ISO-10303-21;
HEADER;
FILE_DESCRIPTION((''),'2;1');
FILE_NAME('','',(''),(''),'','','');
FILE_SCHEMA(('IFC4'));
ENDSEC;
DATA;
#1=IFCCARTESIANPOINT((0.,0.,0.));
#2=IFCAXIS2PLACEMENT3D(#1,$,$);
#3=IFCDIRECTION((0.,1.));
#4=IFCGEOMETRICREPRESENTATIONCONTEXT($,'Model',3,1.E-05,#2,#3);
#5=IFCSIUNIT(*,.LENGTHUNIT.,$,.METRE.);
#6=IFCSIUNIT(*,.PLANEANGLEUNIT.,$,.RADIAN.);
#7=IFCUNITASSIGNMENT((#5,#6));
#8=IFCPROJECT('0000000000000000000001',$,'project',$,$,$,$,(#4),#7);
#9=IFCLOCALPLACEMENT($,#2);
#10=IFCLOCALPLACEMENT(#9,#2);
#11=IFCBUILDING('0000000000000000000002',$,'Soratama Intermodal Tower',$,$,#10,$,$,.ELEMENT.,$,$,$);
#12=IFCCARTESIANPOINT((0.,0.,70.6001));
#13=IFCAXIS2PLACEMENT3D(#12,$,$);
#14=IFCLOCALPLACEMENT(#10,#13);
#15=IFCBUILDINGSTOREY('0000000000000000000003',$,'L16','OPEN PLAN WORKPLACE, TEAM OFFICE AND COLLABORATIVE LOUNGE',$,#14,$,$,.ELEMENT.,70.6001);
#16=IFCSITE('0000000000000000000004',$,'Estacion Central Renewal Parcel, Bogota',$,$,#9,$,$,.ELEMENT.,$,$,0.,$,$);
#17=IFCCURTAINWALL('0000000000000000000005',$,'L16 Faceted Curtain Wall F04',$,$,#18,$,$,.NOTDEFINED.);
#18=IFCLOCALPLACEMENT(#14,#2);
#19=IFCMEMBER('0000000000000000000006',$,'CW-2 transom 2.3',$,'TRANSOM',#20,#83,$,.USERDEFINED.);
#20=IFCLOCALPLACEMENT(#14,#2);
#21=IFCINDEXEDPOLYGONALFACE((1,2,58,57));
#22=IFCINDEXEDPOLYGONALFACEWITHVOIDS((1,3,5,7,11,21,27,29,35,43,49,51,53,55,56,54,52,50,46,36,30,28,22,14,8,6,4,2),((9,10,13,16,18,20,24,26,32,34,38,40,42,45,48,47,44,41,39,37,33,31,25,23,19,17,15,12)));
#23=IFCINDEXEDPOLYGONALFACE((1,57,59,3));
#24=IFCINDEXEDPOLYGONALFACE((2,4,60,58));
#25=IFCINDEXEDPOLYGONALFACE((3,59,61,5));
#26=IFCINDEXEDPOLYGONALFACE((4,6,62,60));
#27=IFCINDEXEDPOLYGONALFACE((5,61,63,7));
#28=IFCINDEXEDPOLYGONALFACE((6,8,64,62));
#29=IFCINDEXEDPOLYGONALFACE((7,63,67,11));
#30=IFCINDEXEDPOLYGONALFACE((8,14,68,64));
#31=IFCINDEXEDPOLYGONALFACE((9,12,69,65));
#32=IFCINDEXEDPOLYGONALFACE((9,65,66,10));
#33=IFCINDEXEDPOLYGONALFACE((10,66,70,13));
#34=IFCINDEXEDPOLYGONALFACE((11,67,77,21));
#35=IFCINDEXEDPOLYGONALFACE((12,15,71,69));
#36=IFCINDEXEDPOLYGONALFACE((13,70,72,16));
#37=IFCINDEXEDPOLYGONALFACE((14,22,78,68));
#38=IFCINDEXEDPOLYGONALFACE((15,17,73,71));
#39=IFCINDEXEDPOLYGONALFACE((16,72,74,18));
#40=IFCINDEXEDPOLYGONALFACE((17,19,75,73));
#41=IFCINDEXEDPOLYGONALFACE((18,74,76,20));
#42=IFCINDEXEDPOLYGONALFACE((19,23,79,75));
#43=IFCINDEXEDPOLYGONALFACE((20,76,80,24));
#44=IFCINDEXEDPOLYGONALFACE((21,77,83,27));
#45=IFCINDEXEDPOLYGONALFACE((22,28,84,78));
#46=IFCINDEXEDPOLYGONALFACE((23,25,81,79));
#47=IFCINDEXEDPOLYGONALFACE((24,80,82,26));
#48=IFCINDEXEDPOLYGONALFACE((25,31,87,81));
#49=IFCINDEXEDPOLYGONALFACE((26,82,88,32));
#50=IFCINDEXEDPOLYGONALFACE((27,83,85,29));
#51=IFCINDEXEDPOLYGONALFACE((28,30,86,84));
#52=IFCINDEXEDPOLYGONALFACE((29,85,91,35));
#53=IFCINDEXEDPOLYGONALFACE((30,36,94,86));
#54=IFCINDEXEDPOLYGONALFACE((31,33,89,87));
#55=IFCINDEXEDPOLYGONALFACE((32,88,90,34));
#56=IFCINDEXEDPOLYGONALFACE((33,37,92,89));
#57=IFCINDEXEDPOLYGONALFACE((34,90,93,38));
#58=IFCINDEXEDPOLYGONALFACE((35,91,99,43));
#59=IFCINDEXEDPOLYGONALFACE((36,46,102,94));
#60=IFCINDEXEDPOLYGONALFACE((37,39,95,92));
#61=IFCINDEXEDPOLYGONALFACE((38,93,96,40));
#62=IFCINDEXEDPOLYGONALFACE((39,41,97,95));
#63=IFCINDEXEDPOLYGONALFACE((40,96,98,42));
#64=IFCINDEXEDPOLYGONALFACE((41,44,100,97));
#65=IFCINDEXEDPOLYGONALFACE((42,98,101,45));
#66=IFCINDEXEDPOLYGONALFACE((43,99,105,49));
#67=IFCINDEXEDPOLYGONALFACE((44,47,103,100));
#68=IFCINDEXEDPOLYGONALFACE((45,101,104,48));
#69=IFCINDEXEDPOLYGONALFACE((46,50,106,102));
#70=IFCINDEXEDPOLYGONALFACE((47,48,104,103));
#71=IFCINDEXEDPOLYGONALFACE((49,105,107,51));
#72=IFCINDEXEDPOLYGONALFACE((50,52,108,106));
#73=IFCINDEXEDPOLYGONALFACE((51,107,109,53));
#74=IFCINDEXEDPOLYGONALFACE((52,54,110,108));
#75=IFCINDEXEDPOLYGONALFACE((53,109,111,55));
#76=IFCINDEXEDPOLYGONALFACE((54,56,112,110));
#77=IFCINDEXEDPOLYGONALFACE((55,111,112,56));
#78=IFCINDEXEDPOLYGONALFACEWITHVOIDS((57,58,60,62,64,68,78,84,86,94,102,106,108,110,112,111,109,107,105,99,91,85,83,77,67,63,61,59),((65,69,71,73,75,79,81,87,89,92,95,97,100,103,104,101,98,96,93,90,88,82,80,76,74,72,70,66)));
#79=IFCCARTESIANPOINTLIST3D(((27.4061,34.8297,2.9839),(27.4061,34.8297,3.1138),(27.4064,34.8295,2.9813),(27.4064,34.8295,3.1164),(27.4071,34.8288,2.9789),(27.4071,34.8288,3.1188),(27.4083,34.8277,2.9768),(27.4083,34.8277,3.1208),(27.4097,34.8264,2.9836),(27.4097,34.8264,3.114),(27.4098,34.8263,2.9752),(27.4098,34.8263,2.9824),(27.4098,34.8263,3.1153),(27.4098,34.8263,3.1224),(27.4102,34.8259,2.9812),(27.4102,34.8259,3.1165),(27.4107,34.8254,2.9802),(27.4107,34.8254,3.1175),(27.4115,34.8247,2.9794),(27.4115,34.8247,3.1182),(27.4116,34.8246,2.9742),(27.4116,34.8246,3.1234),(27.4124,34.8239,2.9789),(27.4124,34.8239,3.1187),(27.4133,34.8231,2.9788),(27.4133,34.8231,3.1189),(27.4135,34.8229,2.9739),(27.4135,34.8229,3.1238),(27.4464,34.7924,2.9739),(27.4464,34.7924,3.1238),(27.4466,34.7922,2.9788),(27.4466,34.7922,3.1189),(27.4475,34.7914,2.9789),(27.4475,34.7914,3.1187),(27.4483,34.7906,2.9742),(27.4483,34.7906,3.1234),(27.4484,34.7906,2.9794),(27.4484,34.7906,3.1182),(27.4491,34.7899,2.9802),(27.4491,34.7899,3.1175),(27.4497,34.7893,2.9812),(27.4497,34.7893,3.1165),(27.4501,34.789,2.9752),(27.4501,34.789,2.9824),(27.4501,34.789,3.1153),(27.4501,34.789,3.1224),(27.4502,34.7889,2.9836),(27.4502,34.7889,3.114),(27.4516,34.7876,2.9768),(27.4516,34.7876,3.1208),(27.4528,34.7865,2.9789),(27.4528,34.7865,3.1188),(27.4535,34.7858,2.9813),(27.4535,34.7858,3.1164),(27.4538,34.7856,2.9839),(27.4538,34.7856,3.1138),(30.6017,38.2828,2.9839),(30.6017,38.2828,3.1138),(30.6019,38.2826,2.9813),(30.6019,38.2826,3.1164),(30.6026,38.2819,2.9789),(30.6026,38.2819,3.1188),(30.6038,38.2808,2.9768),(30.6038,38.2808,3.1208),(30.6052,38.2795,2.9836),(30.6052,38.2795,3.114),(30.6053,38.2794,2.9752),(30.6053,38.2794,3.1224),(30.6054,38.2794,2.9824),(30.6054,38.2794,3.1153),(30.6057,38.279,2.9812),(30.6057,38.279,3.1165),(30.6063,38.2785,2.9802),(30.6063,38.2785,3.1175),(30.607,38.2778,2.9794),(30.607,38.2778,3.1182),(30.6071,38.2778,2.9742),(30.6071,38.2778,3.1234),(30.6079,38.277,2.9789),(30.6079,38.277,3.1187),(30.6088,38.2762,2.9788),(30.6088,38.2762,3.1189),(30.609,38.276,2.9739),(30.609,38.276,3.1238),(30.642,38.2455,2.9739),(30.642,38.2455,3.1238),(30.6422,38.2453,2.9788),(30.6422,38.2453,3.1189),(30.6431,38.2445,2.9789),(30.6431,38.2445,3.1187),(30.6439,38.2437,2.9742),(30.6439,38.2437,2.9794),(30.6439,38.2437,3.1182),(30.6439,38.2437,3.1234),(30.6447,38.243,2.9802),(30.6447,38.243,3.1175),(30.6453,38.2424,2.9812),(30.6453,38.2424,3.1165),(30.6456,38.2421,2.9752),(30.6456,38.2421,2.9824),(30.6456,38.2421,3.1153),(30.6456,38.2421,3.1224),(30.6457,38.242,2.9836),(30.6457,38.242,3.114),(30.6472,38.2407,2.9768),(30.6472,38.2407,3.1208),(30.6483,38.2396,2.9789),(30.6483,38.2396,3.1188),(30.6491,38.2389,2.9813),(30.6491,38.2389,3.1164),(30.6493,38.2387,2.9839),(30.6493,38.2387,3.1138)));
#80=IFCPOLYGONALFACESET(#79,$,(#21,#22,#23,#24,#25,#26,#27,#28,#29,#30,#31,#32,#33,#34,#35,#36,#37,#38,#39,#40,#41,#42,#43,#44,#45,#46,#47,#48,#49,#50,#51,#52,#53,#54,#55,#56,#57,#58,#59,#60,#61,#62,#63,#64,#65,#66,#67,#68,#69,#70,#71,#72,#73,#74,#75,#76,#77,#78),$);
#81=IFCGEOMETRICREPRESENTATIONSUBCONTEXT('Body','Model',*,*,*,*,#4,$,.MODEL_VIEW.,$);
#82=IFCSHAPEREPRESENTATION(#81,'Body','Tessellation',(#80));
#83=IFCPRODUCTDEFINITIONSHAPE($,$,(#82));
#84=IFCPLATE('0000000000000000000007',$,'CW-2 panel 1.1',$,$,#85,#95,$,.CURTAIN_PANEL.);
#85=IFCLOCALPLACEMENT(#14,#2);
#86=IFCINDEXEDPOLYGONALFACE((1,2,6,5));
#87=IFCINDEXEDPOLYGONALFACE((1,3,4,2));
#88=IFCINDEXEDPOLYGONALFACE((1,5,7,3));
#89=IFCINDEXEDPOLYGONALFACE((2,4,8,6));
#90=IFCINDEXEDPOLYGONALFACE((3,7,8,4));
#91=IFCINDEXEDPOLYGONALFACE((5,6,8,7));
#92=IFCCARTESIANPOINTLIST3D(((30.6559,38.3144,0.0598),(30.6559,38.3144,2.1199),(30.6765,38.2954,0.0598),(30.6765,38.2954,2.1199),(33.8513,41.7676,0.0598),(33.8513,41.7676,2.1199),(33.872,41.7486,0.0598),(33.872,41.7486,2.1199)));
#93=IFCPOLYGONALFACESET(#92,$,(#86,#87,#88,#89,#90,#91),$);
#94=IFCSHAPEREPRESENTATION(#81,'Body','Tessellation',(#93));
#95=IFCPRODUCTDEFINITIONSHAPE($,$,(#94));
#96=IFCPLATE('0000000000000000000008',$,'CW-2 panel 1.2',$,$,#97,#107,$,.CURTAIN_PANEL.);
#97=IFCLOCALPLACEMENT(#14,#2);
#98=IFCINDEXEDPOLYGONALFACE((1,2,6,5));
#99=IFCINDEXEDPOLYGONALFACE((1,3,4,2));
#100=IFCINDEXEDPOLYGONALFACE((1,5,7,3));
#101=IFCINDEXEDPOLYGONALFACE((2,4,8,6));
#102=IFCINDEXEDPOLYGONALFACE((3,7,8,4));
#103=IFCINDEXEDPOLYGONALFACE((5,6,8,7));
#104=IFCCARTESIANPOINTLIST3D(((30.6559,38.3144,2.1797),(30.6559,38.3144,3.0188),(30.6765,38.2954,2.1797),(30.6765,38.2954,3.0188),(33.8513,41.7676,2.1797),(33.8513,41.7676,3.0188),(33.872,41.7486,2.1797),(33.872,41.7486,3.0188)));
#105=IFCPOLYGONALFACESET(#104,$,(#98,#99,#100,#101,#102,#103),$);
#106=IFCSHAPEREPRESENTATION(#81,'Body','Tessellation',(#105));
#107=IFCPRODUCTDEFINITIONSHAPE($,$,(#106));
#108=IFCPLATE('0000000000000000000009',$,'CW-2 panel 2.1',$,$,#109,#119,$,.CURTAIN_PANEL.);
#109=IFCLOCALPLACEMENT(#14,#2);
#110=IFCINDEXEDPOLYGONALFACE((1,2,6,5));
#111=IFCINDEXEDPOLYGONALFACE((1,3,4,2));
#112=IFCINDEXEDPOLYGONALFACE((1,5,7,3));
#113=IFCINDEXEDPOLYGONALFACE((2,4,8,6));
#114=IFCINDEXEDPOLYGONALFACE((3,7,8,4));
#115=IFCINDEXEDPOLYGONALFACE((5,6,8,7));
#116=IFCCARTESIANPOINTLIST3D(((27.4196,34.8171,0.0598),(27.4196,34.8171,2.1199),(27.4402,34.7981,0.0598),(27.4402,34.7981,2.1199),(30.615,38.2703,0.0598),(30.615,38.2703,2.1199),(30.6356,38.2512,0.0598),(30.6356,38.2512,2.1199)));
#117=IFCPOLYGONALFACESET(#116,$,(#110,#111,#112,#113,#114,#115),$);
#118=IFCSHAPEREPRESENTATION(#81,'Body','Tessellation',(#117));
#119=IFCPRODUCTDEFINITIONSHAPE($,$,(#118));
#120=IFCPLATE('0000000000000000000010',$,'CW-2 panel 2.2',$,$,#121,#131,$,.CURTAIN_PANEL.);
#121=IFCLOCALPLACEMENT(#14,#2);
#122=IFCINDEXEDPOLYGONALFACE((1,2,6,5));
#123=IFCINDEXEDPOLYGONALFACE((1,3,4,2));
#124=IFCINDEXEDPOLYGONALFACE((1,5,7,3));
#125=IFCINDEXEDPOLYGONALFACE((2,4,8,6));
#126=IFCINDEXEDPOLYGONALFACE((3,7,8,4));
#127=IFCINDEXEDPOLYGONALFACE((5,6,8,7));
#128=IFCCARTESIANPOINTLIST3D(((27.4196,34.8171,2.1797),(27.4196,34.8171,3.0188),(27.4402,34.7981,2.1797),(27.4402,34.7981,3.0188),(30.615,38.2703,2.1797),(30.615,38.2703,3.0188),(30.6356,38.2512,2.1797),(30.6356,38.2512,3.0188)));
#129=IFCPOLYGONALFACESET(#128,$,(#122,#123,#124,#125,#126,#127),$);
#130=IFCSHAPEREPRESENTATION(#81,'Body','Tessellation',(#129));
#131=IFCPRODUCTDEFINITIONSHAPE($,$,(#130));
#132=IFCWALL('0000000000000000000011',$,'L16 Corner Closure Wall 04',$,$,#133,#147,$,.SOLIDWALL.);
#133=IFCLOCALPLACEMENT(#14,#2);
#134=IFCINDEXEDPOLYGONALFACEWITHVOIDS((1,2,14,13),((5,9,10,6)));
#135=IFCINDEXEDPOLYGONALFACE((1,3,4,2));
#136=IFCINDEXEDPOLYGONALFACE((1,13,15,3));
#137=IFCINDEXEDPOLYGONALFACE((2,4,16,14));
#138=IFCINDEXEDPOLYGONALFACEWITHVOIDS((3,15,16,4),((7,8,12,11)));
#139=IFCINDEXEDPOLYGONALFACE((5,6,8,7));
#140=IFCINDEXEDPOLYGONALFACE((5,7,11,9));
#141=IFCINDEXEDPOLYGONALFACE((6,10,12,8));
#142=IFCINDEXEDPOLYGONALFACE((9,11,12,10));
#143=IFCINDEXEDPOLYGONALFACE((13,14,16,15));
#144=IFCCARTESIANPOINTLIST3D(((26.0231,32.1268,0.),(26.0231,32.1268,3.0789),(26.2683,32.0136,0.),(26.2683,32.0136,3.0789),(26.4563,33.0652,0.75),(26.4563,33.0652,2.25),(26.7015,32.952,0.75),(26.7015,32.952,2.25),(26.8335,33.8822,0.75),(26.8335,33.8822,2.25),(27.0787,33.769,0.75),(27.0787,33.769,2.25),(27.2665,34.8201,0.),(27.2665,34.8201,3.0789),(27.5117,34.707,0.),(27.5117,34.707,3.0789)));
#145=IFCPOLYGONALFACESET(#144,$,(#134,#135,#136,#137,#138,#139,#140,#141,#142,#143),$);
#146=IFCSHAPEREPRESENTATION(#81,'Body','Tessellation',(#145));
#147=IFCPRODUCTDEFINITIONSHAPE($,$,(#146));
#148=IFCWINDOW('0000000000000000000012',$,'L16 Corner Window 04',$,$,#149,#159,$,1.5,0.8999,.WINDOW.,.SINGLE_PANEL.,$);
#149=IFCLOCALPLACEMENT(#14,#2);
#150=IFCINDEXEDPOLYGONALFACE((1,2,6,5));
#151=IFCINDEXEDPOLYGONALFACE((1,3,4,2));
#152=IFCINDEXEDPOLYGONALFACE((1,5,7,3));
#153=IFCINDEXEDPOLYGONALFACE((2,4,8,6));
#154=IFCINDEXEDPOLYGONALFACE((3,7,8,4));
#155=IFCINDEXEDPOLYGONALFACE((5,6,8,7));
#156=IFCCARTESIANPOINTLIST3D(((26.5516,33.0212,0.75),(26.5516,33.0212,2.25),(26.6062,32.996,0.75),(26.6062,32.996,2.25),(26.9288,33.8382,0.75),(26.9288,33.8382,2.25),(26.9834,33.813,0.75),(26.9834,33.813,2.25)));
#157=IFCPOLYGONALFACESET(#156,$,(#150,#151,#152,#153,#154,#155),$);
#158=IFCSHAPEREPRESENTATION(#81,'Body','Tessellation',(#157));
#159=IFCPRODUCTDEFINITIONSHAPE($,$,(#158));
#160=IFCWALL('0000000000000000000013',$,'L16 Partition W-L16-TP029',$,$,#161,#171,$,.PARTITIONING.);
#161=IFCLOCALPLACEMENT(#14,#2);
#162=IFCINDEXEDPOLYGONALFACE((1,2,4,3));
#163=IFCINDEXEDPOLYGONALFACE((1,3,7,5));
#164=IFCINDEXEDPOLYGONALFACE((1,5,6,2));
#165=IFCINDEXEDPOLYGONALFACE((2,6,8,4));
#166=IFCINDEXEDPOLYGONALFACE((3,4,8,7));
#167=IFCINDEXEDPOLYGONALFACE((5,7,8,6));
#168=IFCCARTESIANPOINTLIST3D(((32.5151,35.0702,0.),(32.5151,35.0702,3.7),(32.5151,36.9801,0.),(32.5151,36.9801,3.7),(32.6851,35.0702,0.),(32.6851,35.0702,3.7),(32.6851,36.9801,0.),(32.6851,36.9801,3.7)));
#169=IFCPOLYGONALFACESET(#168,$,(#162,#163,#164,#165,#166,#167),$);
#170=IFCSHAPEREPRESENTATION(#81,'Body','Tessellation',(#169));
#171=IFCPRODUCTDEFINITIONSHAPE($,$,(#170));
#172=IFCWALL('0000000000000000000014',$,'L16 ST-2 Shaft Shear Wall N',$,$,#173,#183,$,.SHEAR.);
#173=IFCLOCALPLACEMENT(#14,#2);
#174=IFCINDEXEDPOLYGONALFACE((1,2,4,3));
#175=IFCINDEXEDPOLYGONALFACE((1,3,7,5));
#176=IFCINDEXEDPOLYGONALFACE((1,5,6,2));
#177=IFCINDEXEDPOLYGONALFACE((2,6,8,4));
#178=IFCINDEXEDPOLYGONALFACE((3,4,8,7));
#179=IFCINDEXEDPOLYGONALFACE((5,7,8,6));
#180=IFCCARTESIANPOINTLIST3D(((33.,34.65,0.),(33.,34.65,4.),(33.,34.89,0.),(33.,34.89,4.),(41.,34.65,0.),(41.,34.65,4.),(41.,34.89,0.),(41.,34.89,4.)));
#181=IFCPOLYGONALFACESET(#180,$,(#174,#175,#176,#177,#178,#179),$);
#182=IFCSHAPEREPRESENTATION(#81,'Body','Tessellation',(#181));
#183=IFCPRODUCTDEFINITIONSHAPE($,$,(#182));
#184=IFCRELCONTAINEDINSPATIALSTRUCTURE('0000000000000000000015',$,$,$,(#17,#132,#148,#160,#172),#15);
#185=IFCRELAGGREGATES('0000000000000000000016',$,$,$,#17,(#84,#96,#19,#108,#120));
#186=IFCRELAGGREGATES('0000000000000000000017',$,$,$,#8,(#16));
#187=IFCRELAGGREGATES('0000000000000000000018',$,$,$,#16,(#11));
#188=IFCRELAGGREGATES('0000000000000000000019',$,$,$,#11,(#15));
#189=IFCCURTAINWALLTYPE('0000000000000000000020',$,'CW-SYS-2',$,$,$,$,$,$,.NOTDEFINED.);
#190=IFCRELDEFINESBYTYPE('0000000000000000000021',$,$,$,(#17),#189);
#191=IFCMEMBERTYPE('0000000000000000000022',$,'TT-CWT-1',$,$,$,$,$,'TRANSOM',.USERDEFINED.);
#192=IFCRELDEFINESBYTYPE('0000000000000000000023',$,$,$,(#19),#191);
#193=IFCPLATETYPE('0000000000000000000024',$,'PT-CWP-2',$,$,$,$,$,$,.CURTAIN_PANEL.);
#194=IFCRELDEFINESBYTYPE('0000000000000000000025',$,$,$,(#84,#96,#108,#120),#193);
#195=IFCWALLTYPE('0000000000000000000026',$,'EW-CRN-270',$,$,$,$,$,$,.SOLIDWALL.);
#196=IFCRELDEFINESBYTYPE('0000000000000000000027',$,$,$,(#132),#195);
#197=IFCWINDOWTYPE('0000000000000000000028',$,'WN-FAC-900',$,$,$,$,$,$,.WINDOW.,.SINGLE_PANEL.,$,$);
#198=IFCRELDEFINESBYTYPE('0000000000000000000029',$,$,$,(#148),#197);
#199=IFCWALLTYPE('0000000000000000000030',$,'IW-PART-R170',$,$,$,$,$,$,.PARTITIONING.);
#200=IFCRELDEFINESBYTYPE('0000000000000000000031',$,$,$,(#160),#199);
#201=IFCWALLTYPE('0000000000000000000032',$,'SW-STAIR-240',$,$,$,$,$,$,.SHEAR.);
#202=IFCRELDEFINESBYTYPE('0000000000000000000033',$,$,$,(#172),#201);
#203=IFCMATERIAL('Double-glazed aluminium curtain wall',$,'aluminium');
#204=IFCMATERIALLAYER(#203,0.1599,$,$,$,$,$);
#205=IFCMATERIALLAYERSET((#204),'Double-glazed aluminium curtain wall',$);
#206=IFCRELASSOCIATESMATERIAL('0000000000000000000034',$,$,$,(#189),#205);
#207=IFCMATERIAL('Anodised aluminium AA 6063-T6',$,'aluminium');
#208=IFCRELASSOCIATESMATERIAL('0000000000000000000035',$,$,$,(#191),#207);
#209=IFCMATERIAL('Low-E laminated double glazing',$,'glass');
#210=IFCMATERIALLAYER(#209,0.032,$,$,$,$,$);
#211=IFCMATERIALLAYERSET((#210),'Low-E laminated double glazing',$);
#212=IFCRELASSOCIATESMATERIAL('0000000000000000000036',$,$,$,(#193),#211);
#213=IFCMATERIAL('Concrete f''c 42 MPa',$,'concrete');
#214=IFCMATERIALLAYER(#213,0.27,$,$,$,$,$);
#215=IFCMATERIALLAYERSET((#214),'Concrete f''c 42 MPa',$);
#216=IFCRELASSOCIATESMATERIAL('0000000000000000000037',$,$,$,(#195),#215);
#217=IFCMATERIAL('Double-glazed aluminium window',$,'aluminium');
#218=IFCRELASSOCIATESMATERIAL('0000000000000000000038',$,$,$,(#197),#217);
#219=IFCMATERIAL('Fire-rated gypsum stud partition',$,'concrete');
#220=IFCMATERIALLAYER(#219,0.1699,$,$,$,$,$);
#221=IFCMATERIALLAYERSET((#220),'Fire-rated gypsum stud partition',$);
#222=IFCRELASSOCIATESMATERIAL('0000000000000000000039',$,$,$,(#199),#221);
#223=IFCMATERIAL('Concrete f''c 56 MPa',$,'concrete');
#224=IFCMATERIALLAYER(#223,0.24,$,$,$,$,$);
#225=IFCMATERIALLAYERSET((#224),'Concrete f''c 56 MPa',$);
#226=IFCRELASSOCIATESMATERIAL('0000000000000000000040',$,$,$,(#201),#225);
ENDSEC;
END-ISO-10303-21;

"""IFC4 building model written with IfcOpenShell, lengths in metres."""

from ifc_helpers import new_model, si_unit, direction, frame, frame_2d, origin, origin_2d, place, context, subcontext, project, spatial, rectangle, hollow_rectangle, extrude, material, layer, layer_set, material_profile, profile_set, type_object, element, fill, aggregate, save


model = new_model("IFC4")

# Units and contexts
model_context = context("Model", 3, precision=1e-05, world=origin(), true_north=direction((0.0, 1.0)))
body_context = subcontext(model_context, "Body", "Model", "MODEL_VIEW")
ifc_project = project(units=[si_unit("LENGTHUNIT", "METRE"), si_unit("PLANEANGLEUNIT", "RADIAN")], contexts=[model_context])

# Site, building, storey
site_placement = place(None, origin())
site = spatial("IfcSite", under=ifc_project, at=site_placement, Name="Estacion Central Renewal Parcel, Bogota", CompositionType="ELEMENT", RefElevation=0.0)
building_placement = place(site_placement, origin())
building = spatial("IfcBuilding", under=site, at=building_placement, Name="Soratama Intermodal Tower", CompositionType="ELEMENT")
storey_placement = place(building_placement, frame((0.0, 0.0, 70.6001)))
storey = spatial("IfcBuildingStorey", under=building, at=storey_placement, Name="L16", Description="OPEN PLAN WORKPLACE, TEAM OFFICE AND COLLABORATIVE LOUNGE", CompositionType="ELEMENT", Elevation=70.6001)

# Curtain wall, member, plates
ifc_material_1 = material(Name="Double-glazed aluminium curtain wall", Category="aluminium")
ifc_layer_1 = layer(ifc_material_1, 0.1599)
ifc_layer_set_1 = layer_set([ifc_layer_1], Name="Double-glazed aluminium curtain wall")
curtain_wall_type = type_object("IfcCurtainWallType", Name="CW-SYS-2", PredefinedType="NOTDEFINED", material=ifc_layer_set_1)
curtain_wall_placement = place(storey_placement, origin())
curtain_wall = element("IfcCurtainWall", 1, at=curtain_wall_placement, inside=storey, type_object=curtain_wall_type, Name="L16 Faceted Curtain Wall F04", PredefinedType="NOTDEFINED")
ifc_material_2 = material(Name="Anodised aluminium AA 6063-T6", Category="aluminium")
ifc_material_profile_1 = material_profile(ifc_material_2, hollow_rectangle(XDim=0.0649, YDim=0.1499, WallThickness=0.0049, InnerFilletRadius=0.0049, OuterFilletRadius=0.01, at=origin_2d()), Name="CWT150X65X5")
ifc_profile_set_1 = profile_set([ifc_material_profile_1], Name="Anodised aluminium AA 6063-T6")
member_type_1 = type_object("IfcMemberType", Name="TT-CWT-1", ElementType="TRANSOM", PredefinedType="USERDEFINED", material=ifc_profile_set_1)
member_1_placement = place(storey_placement, frame((30.6255, 38.2607, 3.0488), z_axis=(-0.679204, -0.733949, 0.0), x_axis=(0.733949, -0.679204, 0.0)))
member_1 = element("IfcMember", 2, at=member_1_placement, type_object=member_type_1, Name="CW-2 transom 2.3", ObjectType="TRANSOM", PredefinedType="USERDEFINED", context=body_context, shape_type="SweptSolid", body=[
    extrude(hollow_rectangle(XDim=0.0649, YDim=0.1499, WallThickness=0.0049, InnerFilletRadius=0.0049, OuterFilletRadius=0.01, at=origin_2d()), origin(), (0.0, 0.0, 1.0), 4.7048),
])
ifc_material_3 = material(Name="Low-E laminated double glazing", Category="glass")
ifc_layer_2 = layer(ifc_material_3, 0.032)
ifc_layer_set_2 = layer_set([ifc_layer_2], Name="Low-E laminated double glazing")
plate_type = type_object("IfcPlateType", Name="PT-CWP-2", PredefinedType="CURTAIN_PANEL", material=ifc_layer_set_2)
plate_1_placement = place(storey_placement, frame((32.2639, 40.0315, 0.0598), z_axis=(0.0, 0.0, 1.0), x_axis=(-0.679187, -0.733965, 0.0)))
plate_1 = element("IfcPlate", 3, at=plate_1_placement, type_object=plate_type, Name="CW-2 panel 1.1", PredefinedType="CURTAIN_PANEL", context=body_context, shape_type="SweptSolid", body=[
    extrude(rectangle(XDim=4.7048, YDim=0.0281, at=origin_2d()), origin(), (0.0, 0.0, 1.0), 2.0601),
])
plate_2_placement = place(storey_placement, frame((32.2639, 40.0315, 2.1797), z_axis=(0.0, 0.0, 1.0), x_axis=(-0.679187, -0.733965, 0.0)))
plate_2 = element("IfcPlate", 4, at=plate_2_placement, type_object=plate_type, Name="CW-2 panel 1.2", PredefinedType="CURTAIN_PANEL", context=body_context, shape_type="SweptSolid", body=[
    extrude(rectangle(XDim=4.7048, YDim=0.0281, at=origin_2d()), origin(), (0.0, 0.0, 1.0), 0.8391),
])
plate_3_placement = place(storey_placement, frame((29.0276, 36.5342, 0.0598), z_axis=(0.0, 0.0, 1.0), x_axis=(-0.679187, -0.733965, 0.0)))
plate_3 = element("IfcPlate", 5, at=plate_3_placement, type_object=plate_type, Name="CW-2 panel 2.1", PredefinedType="CURTAIN_PANEL", context=body_context, shape_type="SweptSolid", body=[
    extrude(rectangle(XDim=4.7048, YDim=0.0281, at=origin_2d()), origin(), (0.0, 0.0, 1.0), 2.0601),
])
plate_4_placement = place(storey_placement, frame((29.0276, 36.5342, 2.1797), z_axis=(0.0, 0.0, 1.0), x_axis=(-0.679187, -0.733965, 0.0)))
plate_4 = element("IfcPlate", 6, at=plate_4_placement, type_object=plate_type, Name="CW-2 panel 2.2", PredefinedType="CURTAIN_PANEL", context=body_context, shape_type="SweptSolid", body=[
    extrude(rectangle(XDim=4.7048, YDim=0.0281, at=origin_2d()), origin(), (0.0, 0.0, 1.0), 0.8391),
])
aggregate(curtain_wall, [plate_1, plate_2, member_1, plate_3, plate_4])

# Wall, opening, window
ifc_material_4 = material(Name="Concrete f'c 42 MPa", Category="concrete")
ifc_layer_3 = layer(ifc_material_4, 0.27)
ifc_layer_set_3 = layer_set([ifc_layer_3], Name="Concrete f'c 42 MPa")
wall_type_1 = type_object("IfcWallType", Name="EW-CRN-270", PredefinedType="SOLIDWALL", material=ifc_layer_set_3)
wall_1_placement = place(storey_placement, frame((27.3892, 34.7637, 0.0), z_axis=(0.0, 0.0, 1.0), x_axis=(-0.419147, -0.907918, 0.0)))
wall_1 = element("IfcWall", 7, at=wall_1_placement, inside=storey, type_object=wall_type_1, Name="L16 Corner Closure Wall 04", PredefinedType="SOLIDWALL", context=body_context, shape_type="SweptSolid", body=[
    extrude(rectangle(XDim=2.9666, YDim=0.27, at=frame_2d((1.4834, 0.0))), origin(), (0.0, 0.0, 1.0), 3.0789),
])
opening_1_placement = place(wall_1_placement, frame((1.0332, 0.0, 0.75)))
opening_1 = element("IfcOpeningElement", 8, at=opening_1_placement, cuts=wall_1, PredefinedType="OPENING", context=body_context, shape_type="SweptSolid", body=[
    extrude(rectangle(XDim=0.8999, YDim=1.5, at=frame_2d((0.45, 0.75))), frame((0.0, 0.145, 0.0), z_axis=(0.0, -1.0, 0.0), x_axis=(1.0, 0.0, 0.0)), (0.0, 0.0, 1.0), 0.29),
])
ifc_material_5 = material(Name="Double-glazed aluminium window", Category="aluminium")
window_type = type_object("IfcWindowType", Name="WN-FAC-900", PartitioningType="SINGLE_PANEL", PredefinedType="WINDOW", material=ifc_material_5)
window_placement = place(opening_1_placement, origin())
window = element("IfcWindow", 9, at=window_placement, inside=storey, type_object=window_type, Name="L16 Corner Window 04", OverallHeight=1.5, OverallWidth=0.8999, PartitioningType="SINGLE_PANEL", PredefinedType="WINDOW", context=body_context, shape_type="SweptSolid", body=[
    extrude(rectangle(XDim=0.8999, YDim=1.5, at=frame_2d((0.45, 0.75))), frame((0.0, 0.03, 0.0), z_axis=(0.0, -1.0, 0.0), x_axis=(1.0, 0.0, 0.0)), (0.0, 0.0, 1.0), 0.0601),
])
fill(opening_1, window)

# Shared definitions
ifc_material_6 = material(Name="Fire-rated gypsum stud partition", Category="concrete")
ifc_layer_4 = layer(ifc_material_6, 0.1699)
ifc_layer_set_4 = layer_set([ifc_layer_4], Name="Fire-rated gypsum stud partition")
wall_type_2 = type_object("IfcWallType", Name="IW-PART-R170", PredefinedType="PARTITIONING", material=ifc_layer_set_4)

# Walls
wall_2_placement = place(storey_placement, frame((32.6001, 35.0701, 0.0), z_axis=(0.0, 0.0, 1.0), x_axis=(0.0, 1.0, 0.0)))
element("IfcWall", 10, at=wall_2_placement, inside=storey, type_object=wall_type_2, Name="L16 Partition W-L16-TP029", PredefinedType="PARTITIONING", context=body_context, shape_type="SweptSolid", body=[
    extrude(rectangle(XDim=1.9099, YDim=0.1699, at=frame_2d((0.9551, 0.0))), origin(), (0.0, 0.0, 1.0), 3.7),
])
ifc_material_7 = material(Name="Concrete f'c 56 MPa", Category="concrete")
ifc_layer_5 = layer(ifc_material_7, 0.24)
ifc_layer_set_5 = layer_set([ifc_layer_5], Name="Concrete f'c 56 MPa")
wall_type_3 = type_object("IfcWallType", Name="SW-STAIR-240", PredefinedType="SHEAR", material=ifc_layer_set_5)
wall_3_placement = place(storey_placement, frame((33.0, 34.77, 0.0), z_axis=(0.0, 0.0, 1.0), x_axis=(1.0, 0.0, 0.0)))
element("IfcWall", 11, at=wall_3_placement, inside=storey, type_object=wall_type_3, Name="L16 ST-2 Shaft Shear Wall N", PredefinedType="SHEAR", context=body_context, shape_type="SweptSolid", body=[
    extrude(rectangle(XDim=8.0, YDim=0.24, at=frame_2d((4.0, 0.0))), origin(), (0.0, 0.0, 1.0), 4.0),
])

save(model, "model.ifc")
